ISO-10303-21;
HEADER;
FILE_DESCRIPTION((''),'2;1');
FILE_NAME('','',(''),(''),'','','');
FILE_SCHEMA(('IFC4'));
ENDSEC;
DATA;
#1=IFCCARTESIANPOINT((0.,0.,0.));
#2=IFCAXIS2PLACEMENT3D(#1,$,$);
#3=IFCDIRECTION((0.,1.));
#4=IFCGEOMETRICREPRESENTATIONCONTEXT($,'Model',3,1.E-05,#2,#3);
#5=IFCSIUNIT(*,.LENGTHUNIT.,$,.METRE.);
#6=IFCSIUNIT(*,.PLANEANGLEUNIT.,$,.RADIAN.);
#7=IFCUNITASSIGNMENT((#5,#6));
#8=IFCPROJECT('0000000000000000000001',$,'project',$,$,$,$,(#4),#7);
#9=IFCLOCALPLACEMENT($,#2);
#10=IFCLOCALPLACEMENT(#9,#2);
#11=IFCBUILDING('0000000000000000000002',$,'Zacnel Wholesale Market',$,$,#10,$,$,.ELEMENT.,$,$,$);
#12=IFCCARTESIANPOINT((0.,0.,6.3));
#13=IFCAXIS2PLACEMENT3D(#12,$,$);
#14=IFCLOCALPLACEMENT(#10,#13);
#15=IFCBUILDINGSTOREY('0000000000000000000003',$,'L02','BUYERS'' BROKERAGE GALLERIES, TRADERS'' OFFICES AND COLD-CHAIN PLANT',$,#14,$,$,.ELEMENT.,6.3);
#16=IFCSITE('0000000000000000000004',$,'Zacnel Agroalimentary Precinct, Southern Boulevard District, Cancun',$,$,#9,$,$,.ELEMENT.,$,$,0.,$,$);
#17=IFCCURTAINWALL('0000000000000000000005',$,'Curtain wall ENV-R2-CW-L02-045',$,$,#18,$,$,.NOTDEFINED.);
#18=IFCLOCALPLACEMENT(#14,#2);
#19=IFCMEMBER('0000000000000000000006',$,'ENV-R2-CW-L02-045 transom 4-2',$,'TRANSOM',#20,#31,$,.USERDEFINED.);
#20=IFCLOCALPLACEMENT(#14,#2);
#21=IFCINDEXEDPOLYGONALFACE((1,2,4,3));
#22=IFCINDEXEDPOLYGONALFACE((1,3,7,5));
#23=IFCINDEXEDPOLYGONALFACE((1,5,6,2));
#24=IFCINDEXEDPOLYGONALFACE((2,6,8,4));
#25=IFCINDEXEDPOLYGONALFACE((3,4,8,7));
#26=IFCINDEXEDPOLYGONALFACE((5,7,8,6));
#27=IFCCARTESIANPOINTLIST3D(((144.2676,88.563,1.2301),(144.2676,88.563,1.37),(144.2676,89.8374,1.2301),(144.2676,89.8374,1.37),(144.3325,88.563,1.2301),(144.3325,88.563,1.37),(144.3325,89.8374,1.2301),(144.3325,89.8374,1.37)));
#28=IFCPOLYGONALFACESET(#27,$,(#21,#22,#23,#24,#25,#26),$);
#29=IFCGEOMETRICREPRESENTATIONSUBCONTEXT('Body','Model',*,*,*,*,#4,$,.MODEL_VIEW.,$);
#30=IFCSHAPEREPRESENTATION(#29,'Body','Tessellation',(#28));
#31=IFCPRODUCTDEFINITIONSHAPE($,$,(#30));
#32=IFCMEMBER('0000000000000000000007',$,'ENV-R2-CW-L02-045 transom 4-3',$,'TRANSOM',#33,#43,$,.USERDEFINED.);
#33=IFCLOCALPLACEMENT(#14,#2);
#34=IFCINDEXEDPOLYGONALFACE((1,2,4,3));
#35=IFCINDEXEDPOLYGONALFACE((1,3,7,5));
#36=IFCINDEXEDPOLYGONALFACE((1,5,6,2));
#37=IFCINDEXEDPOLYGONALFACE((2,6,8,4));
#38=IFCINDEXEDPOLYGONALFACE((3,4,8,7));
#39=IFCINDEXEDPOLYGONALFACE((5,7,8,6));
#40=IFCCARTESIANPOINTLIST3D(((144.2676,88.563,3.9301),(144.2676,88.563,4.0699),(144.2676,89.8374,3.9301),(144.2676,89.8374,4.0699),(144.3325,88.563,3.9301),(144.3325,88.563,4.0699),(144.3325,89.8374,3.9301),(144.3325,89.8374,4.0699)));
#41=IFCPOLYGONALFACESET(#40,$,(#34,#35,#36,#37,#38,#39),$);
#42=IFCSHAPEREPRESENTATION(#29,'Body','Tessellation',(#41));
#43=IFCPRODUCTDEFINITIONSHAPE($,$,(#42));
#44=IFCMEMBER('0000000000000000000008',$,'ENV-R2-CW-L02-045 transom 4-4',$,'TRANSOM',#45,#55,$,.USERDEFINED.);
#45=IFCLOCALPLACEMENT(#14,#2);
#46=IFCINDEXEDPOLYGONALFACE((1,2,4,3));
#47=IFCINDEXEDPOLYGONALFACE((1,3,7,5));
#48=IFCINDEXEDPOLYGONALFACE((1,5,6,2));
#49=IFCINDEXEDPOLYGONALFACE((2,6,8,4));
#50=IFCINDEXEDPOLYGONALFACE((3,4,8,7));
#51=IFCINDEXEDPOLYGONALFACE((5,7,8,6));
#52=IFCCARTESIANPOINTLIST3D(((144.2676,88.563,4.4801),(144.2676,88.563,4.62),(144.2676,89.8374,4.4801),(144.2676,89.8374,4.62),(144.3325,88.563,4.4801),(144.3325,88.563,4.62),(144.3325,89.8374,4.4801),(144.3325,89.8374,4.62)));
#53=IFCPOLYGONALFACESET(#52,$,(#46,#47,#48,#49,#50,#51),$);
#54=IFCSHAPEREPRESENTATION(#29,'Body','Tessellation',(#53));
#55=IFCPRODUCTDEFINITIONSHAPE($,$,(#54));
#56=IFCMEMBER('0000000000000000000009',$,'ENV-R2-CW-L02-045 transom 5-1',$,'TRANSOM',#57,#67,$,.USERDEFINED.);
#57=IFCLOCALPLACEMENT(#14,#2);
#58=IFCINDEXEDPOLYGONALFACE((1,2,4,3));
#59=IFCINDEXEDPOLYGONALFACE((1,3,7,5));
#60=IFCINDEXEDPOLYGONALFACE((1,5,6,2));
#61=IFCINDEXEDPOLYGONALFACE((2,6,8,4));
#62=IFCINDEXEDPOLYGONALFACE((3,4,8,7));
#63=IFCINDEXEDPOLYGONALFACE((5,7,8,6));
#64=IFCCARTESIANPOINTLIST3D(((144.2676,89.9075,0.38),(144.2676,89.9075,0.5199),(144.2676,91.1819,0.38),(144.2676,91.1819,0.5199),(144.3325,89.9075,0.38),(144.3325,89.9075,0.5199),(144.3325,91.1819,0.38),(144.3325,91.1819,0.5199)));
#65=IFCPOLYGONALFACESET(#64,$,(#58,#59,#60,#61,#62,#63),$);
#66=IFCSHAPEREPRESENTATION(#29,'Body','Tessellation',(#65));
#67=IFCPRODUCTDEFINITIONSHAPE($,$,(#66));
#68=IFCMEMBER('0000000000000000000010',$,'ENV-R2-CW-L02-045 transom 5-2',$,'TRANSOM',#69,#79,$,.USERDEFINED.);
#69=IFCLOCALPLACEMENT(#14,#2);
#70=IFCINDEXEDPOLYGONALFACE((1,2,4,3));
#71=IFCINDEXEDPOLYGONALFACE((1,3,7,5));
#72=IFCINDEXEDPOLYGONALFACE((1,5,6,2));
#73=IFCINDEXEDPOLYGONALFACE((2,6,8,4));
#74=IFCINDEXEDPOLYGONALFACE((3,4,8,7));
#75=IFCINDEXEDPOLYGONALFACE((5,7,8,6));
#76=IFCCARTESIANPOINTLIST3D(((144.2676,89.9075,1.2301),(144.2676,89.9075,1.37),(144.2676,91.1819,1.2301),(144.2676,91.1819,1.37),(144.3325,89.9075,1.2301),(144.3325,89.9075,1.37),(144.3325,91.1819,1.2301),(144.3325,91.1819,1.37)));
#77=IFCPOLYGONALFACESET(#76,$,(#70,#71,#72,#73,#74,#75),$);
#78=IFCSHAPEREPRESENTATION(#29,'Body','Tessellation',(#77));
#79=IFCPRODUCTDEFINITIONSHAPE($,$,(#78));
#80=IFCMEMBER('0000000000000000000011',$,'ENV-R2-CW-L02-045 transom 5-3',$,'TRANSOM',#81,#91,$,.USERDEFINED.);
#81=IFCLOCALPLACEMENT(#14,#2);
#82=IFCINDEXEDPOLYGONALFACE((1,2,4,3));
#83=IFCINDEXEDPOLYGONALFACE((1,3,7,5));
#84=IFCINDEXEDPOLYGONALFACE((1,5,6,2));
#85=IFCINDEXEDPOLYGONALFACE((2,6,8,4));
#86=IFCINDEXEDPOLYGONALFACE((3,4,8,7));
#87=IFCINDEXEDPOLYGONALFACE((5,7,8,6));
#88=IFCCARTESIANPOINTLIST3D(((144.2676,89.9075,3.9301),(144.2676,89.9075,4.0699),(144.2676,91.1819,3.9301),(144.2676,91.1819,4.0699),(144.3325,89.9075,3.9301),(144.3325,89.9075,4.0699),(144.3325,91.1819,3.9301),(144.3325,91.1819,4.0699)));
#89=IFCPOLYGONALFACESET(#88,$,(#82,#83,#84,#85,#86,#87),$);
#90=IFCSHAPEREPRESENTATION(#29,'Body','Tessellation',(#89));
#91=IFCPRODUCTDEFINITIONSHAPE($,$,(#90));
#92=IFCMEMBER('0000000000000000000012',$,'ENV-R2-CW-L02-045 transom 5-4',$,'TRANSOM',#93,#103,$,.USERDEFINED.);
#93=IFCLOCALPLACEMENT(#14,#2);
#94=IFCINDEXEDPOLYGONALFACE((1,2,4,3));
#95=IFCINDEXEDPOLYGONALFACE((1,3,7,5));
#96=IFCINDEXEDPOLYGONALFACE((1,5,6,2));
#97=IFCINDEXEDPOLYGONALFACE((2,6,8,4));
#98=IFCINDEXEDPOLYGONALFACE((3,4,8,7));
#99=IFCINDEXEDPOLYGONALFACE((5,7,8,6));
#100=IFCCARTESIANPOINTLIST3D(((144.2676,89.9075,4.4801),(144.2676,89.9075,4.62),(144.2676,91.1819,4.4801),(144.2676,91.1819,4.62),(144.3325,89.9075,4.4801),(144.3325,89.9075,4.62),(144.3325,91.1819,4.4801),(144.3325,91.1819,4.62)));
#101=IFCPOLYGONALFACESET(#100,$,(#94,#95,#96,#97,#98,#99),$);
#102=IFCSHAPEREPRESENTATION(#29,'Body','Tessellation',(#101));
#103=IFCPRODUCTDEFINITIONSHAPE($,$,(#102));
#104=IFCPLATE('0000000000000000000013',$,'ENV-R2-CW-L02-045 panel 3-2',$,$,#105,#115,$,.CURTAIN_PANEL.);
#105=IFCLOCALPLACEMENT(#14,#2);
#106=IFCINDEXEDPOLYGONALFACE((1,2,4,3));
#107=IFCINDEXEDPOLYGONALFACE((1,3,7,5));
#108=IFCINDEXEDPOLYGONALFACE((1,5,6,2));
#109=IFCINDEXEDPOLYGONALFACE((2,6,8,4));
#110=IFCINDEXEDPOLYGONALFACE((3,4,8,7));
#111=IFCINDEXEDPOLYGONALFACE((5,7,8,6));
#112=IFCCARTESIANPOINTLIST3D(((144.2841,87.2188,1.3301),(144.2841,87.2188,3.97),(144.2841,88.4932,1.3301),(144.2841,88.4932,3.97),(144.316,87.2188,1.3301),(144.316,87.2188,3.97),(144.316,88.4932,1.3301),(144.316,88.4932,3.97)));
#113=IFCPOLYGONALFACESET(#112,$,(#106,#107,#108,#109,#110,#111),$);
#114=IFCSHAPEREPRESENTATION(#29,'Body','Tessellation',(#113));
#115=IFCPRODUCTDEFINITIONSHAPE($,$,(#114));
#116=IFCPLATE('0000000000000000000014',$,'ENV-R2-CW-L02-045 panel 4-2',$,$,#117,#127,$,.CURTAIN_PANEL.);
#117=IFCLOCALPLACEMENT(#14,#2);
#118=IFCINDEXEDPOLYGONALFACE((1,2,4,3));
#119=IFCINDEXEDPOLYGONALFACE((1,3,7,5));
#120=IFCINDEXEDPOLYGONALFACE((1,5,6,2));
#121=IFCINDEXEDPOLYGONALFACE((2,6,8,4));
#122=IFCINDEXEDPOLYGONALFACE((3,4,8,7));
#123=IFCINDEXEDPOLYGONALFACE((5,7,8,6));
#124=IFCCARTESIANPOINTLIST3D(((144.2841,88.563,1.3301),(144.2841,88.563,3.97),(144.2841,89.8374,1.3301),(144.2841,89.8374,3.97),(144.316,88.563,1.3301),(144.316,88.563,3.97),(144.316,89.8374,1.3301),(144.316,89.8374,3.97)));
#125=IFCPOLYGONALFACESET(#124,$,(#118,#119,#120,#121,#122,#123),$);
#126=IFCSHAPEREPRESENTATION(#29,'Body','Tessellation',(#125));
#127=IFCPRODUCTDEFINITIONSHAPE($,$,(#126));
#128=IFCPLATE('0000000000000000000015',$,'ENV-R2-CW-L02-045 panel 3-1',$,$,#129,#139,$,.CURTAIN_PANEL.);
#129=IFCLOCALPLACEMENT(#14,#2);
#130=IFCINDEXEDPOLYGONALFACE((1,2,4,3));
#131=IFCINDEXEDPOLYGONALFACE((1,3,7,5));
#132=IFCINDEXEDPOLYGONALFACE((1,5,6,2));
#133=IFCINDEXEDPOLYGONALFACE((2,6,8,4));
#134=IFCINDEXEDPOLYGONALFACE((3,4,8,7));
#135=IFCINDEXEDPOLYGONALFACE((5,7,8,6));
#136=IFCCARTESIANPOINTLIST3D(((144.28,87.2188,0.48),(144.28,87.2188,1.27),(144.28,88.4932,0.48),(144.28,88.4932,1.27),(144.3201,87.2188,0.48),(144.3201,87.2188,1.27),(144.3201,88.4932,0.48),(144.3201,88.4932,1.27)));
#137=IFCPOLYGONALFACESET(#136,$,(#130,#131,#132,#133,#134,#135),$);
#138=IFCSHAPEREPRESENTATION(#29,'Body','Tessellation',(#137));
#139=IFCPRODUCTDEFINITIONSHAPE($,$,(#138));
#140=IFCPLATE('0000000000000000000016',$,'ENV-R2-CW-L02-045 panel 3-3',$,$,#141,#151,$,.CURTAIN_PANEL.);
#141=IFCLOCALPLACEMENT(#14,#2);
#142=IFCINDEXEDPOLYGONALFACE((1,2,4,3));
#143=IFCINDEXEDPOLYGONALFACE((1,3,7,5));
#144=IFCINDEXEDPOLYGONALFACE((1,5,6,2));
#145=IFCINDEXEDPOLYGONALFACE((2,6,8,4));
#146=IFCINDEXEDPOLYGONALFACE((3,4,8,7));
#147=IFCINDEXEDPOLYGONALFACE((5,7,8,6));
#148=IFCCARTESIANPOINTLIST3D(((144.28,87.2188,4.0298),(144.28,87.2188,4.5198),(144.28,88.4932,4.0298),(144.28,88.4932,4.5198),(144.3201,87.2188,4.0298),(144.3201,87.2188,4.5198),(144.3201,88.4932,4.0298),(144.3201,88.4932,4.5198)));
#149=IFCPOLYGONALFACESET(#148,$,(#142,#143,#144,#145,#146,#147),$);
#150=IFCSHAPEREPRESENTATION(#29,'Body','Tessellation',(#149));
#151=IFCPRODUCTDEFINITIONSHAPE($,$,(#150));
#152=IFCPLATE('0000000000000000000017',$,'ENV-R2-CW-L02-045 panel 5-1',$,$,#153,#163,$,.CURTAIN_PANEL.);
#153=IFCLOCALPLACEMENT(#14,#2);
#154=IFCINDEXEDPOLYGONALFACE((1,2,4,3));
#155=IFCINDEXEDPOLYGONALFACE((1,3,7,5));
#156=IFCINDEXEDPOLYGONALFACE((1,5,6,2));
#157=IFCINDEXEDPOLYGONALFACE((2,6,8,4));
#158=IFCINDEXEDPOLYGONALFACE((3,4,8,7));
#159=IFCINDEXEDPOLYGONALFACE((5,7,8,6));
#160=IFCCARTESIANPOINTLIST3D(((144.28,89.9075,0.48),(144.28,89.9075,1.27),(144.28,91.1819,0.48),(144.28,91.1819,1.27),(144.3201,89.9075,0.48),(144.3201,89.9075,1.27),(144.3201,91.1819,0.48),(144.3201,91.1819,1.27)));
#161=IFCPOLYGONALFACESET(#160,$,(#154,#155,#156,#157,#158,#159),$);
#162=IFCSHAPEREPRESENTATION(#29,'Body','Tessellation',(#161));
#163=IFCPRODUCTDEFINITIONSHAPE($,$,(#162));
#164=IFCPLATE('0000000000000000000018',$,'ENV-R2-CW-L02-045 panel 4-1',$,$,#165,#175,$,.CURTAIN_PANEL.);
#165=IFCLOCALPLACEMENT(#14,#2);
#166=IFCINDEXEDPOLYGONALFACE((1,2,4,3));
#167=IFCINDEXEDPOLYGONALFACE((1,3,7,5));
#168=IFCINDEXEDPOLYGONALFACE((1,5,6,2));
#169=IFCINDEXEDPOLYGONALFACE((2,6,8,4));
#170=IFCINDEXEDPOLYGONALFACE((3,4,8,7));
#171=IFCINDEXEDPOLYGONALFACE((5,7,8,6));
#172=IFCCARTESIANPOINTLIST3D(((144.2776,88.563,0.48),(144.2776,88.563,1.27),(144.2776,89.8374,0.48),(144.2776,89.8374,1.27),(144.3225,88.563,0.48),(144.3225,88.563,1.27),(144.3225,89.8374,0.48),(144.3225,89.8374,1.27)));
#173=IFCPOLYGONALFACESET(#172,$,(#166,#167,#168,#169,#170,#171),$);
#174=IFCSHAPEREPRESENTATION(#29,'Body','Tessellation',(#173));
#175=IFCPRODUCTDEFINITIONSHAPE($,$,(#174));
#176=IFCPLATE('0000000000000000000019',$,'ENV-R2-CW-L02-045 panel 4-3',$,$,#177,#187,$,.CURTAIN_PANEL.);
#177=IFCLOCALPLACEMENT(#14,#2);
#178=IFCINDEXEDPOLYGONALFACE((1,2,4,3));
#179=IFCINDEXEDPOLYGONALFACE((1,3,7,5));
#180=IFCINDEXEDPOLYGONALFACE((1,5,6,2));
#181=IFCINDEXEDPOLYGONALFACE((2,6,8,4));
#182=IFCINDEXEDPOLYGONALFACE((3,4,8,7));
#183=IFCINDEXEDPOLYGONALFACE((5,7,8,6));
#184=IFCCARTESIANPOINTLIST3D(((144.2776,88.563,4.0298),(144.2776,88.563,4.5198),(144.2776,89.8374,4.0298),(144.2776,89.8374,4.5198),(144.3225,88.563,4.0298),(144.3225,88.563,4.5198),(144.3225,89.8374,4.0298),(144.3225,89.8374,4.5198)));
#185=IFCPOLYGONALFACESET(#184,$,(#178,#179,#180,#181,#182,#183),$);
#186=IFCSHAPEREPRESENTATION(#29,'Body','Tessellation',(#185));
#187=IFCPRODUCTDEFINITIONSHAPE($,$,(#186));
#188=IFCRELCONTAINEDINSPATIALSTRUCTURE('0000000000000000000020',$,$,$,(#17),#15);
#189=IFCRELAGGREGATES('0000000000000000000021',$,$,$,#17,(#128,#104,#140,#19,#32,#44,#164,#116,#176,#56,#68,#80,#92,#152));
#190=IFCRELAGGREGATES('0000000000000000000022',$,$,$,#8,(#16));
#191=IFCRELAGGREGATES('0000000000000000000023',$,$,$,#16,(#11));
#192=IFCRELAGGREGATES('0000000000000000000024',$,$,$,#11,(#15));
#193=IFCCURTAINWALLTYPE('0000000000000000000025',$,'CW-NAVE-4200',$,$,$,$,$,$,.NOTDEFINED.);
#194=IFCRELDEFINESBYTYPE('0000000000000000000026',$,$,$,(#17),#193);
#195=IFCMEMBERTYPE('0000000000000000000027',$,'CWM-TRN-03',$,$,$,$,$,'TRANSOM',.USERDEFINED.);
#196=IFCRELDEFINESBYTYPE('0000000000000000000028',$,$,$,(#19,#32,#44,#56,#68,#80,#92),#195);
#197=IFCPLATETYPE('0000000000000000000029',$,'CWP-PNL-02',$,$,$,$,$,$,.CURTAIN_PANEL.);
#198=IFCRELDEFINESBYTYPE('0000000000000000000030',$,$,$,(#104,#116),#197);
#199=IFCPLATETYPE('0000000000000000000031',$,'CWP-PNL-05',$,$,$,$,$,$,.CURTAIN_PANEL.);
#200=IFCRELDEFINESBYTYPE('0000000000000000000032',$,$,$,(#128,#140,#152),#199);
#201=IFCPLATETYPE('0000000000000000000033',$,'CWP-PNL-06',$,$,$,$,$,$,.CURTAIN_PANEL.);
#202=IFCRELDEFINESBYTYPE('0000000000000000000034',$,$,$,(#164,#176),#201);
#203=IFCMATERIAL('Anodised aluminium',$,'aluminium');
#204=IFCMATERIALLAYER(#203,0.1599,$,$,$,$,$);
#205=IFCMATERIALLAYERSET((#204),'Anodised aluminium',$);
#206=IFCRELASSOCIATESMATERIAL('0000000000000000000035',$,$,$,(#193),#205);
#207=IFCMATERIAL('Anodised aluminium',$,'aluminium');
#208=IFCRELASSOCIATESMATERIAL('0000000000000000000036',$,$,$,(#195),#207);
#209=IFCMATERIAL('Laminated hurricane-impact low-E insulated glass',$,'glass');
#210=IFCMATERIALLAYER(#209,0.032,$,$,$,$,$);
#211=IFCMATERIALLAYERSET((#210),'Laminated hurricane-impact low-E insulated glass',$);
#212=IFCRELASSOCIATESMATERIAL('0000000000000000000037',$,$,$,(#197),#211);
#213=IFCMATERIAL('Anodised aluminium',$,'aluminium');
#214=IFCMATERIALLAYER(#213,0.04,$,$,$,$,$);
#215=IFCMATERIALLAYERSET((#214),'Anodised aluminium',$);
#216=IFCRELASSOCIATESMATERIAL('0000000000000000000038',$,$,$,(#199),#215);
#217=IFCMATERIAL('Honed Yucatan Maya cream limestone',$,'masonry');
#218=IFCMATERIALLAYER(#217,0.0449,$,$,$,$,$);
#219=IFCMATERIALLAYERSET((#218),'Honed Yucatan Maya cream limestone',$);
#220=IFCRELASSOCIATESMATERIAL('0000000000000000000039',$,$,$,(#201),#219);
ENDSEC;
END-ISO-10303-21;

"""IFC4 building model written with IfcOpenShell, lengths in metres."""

from ifc_helpers import new_model, si_unit, direction, frame, origin, origin_2d, place, context, subcontext, project, spatial, rectangle, extrude, material, layer, layer_set, material_profile, profile_set, type_object, element, aggregate, save


model = new_model("IFC4")

# Units and contexts
model_context = context("Model", 3, precision=1e-05, world=origin(), true_north=direction((0.0, 1.0)))
body_context = subcontext(model_context, "Body", "Model", "MODEL_VIEW")
ifc_project = project(units=[si_unit("LENGTHUNIT", "METRE"), si_unit("PLANEANGLEUNIT", "RADIAN")], contexts=[model_context])

# Site, building, storey
site_placement = place(None, origin())
site = spatial("IfcSite", under=ifc_project, at=site_placement, Name="Zacnel Agroalimentary Precinct, Southern Boulevard District, Cancun", CompositionType="ELEMENT", RefElevation=0.0)
building_placement = place(site_placement, origin())
building = spatial("IfcBuilding", under=site, at=building_placement, Name="Zacnel Wholesale Market", CompositionType="ELEMENT")
storey_placement = place(building_placement, frame((0.0, 0.0, 6.3)))
storey = spatial("IfcBuildingStorey", under=building, at=storey_placement, Name="L02", Description="BUYERS' BROKERAGE GALLERIES, TRADERS' OFFICES AND COLD-CHAIN PLANT", CompositionType="ELEMENT", Elevation=6.3)

# Curtain wall, members, plates
ifc_material_1 = material(Name="Anodised aluminium", Category="aluminium")
ifc_layer_1 = layer(ifc_material_1, 0.1599)
ifc_layer_set_1 = layer_set([ifc_layer_1], Name="Anodised aluminium")
curtain_wall_type = type_object("IfcCurtainWallType", Name="CW-NAVE-4200", PredefinedType="NOTDEFINED", material=ifc_layer_set_1)
curtain_wall_placement = place(storey_placement, origin())
curtain_wall = element("IfcCurtainWall", 1, at=curtain_wall_placement, inside=storey, type_object=curtain_wall_type, Name="Curtain wall ENV-R2-CW-L02-045", PredefinedType="NOTDEFINED")
ifc_material_2 = material(Name="Anodised aluminium", Category="aluminium")
ifc_material_profile_1 = material_profile(ifc_material_2, rectangle(XDim=0.0649, YDim=0.1399, at=origin_2d()), Name="AW-TRANSOM 65x140")
ifc_profile_set_1 = profile_set([ifc_material_profile_1], Name="Anodised aluminium")
member_type_1 = type_object("IfcMemberType", Name="CWM-TRN-03", ElementType="TRANSOM", PredefinedType="USERDEFINED", material=ifc_profile_set_1)
member_1_placement = place(storey_placement, frame((144.3, 88.563, 1.3), z_axis=(0.0, 1.0, 0.0), x_axis=(-1.0, 0.0, 0.0)))
member_1 = element("IfcMember", 2, at=member_1_placement, type_object=member_type_1, Name="ENV-R2-CW-L02-045 transom 4-2", ObjectType="TRANSOM", PredefinedType="USERDEFINED", context=body_context, shape_type="SweptSolid", body=[
    extrude(rectangle(XDim=0.0649, YDim=0.1399, at=origin_2d()), origin(), (0.0, 0.0, 1.0), 1.2744),
])
member_2_placement = place(storey_placement, frame((144.3, 88.563, 4.0), z_axis=(0.0, 1.0, 0.0), x_axis=(-1.0, 0.0, 0.0)))
member_2 = element("IfcMember", 3, at=member_2_placement, type_object=member_type_1, Name="ENV-R2-CW-L02-045 transom 4-3", ObjectType="TRANSOM", PredefinedType="USERDEFINED", context=body_context, shape_type="SweptSolid", body=[
    extrude(rectangle(XDim=0.0649, YDim=0.1399, at=origin_2d()), origin(), (0.0, 0.0, 1.0), 1.2744),
])
member_3_placement = place(storey_placement, frame((144.3, 88.563, 4.55), z_axis=(0.0, 1.0, 0.0), x_axis=(-1.0, 0.0, 0.0)))
member_3 = element("IfcMember", 4, at=member_3_placement, type_object=member_type_1, Name="ENV-R2-CW-L02-045 transom 4-4", ObjectType="TRANSOM", PredefinedType="USERDEFINED", context=body_context, shape_type="SweptSolid", body=[
    extrude(rectangle(XDim=0.0649, YDim=0.1399, at=origin_2d()), origin(), (0.0, 0.0, 1.0), 1.2744),
])
member_4_placement = place(storey_placement, frame((144.3, 89.9075, 0.45), z_axis=(0.0, 1.0, 0.0), x_axis=(-1.0, 0.0, 0.0)))
member_4 = element("IfcMember", 5, at=member_4_placement, type_object=member_type_1, Name="ENV-R2-CW-L02-045 transom 5-1", ObjectType="TRANSOM", PredefinedType="USERDEFINED", context=body_context, shape_type="SweptSolid", body=[
    extrude(rectangle(XDim=0.0649, YDim=0.1399, at=origin_2d()), origin(), (0.0, 0.0, 1.0), 1.2744),
])
member_5_placement = place(storey_placement, frame((144.3, 89.9075, 1.3), z_axis=(0.0, 1.0, 0.0), x_axis=(-1.0, 0.0, 0.0)))
member_5 = element("IfcMember", 6, at=member_5_placement, type_object=member_type_1, Name="ENV-R2-CW-L02-045 transom 5-2", ObjectType="TRANSOM", PredefinedType="USERDEFINED", context=body_context, shape_type="SweptSolid", body=[
    extrude(rectangle(XDim=0.0649, YDim=0.1399, at=origin_2d()), origin(), (0.0, 0.0, 1.0), 1.2744),
])
member_6_placement = place(storey_placement, frame((144.3, 89.9075, 4.0), z_axis=(0.0, 1.0, 0.0), x_axis=(-1.0, 0.0, 0.0)))
member_6 = element("IfcMember", 7, at=member_6_placement, type_object=member_type_1, Name="ENV-R2-CW-L02-045 transom 5-3", ObjectType="TRANSOM", PredefinedType="USERDEFINED", context=body_context, shape_type="SweptSolid", body=[
    extrude(rectangle(XDim=0.0649, YDim=0.1399, at=origin_2d()), origin(), (0.0, 0.0, 1.0), 1.2744),
])
member_7_placement = place(storey_placement, frame((144.3, 89.9075, 4.55), z_axis=(0.0, 1.0, 0.0), x_axis=(-1.0, 0.0, 0.0)))
member_7 = element("IfcMember", 8, at=member_7_placement, type_object=member_type_1, Name="ENV-R2-CW-L02-045 transom 5-4", ObjectType="TRANSOM", PredefinedType="USERDEFINED", context=body_context, shape_type="SweptSolid", body=[
    extrude(rectangle(XDim=0.0649, YDim=0.1399, at=origin_2d()), origin(), (0.0, 0.0, 1.0), 1.2744),
])
ifc_material_3 = material(Name="Laminated hurricane-impact low-E insulated glass", Category="glass")
ifc_layer_2 = layer(ifc_material_3, 0.032)
ifc_layer_set_2 = layer_set([ifc_layer_2], Name="Laminated hurricane-impact low-E insulated glass")
plate_type_1 = type_object("IfcPlateType", Name="CWP-PNL-02", PredefinedType="CURTAIN_PANEL", material=ifc_layer_set_2)
plate_1_placement = place(storey_placement, frame((144.3, 87.856, 1.3301), z_axis=(0.0, 0.0, 1.0), x_axis=(0.0, 1.0, 0.0)))
plate_1 = element("IfcPlate", 9, at=plate_1_placement, type_object=plate_type_1, Name="ENV-R2-CW-L02-045 panel 3-2", PredefinedType="CURTAIN_PANEL", context=body_context, shape_type="SweptSolid", body=[
    extrude(rectangle(XDim=1.2744, YDim=0.032, at=origin_2d()), origin(), (0.0, 0.0, 1.0), 2.6399),
])
plate_2_placement = place(storey_placement, frame((144.3, 89.2002, 1.3301), z_axis=(0.0, 0.0, 1.0), x_axis=(0.0, 1.0, 0.0)))
plate_2 = element("IfcPlate", 10, at=plate_2_placement, type_object=plate_type_1, Name="ENV-R2-CW-L02-045 panel 4-2", PredefinedType="CURTAIN_PANEL", context=body_context, shape_type="SweptSolid", body=[
    extrude(rectangle(XDim=1.2744, YDim=0.032, at=origin_2d()), origin(), (0.0, 0.0, 1.0), 2.6399),
])
ifc_material_4 = material(Name="Anodised aluminium", Category="aluminium")
ifc_layer_3 = layer(ifc_material_4, 0.04)
ifc_layer_set_3 = layer_set([ifc_layer_3], Name="Anodised aluminium")
plate_type_2 = type_object("IfcPlateType", Name="CWP-PNL-05", PredefinedType="CURTAIN_PANEL", material=ifc_layer_set_3)
plate_3_placement = place(storey_placement, frame((144.3, 87.856, 0.48), z_axis=(0.0, 0.0, 1.0), x_axis=(0.0, 1.0, 0.0)))
plate_3 = element("IfcPlate", 11, at=plate_3_placement, type_object=plate_type_2, Name="ENV-R2-CW-L02-045 panel 3-1", PredefinedType="CURTAIN_PANEL", context=body_context, shape_type="SweptSolid", body=[
    extrude(rectangle(XDim=1.2744, YDim=0.04, at=origin_2d()), origin(), (0.0, 0.0, 1.0), 0.79),
])
plate_4_placement = place(storey_placement, frame((144.3, 87.856, 4.0298), z_axis=(0.0, 0.0, 1.0), x_axis=(0.0, 1.0, 0.0)))
plate_4 = element("IfcPlate", 12, at=plate_4_placement, type_object=plate_type_2, Name="ENV-R2-CW-L02-045 panel 3-3", PredefinedType="CURTAIN_PANEL", context=body_context, shape_type="SweptSolid", body=[
    extrude(rectangle(XDim=1.2744, YDim=0.04, at=origin_2d()), origin(), (0.0, 0.0, 1.0), 0.49),
])
plate_5_placement = place(storey_placement, frame((144.3, 90.5447, 0.48), z_axis=(0.0, 0.0, 1.0), x_axis=(0.0, 1.0, 0.0)))
plate_5 = element("IfcPlate", 13, at=plate_5_placement, type_object=plate_type_2, Name="ENV-R2-CW-L02-045 panel 5-1", PredefinedType="CURTAIN_PANEL", context=body_context, shape_type="SweptSolid", body=[
    extrude(rectangle(XDim=1.2744, YDim=0.04, at=origin_2d()), origin(), (0.0, 0.0, 1.0), 0.79),
])
ifc_material_5 = material(Name="Honed Yucatan Maya cream limestone", Category="masonry")
ifc_layer_4 = layer(ifc_material_5, 0.0449)
ifc_layer_set_4 = layer_set([ifc_layer_4], Name="Honed Yucatan Maya cream limestone")
plate_type_3 = type_object("IfcPlateType", Name="CWP-PNL-06", PredefinedType="CURTAIN_PANEL", material=ifc_layer_set_4)
plate_6_placement = place(storey_placement, frame((144.3, 89.2002, 0.48), z_axis=(0.0, 0.0, 1.0), x_axis=(0.0, 1.0, 0.0)))
plate_6 = element("IfcPlate", 14, at=plate_6_placement, type_object=plate_type_3, Name="ENV-R2-CW-L02-045 panel 4-1", PredefinedType="CURTAIN_PANEL", context=body_context, shape_type="SweptSolid", body=[
    extrude(rectangle(XDim=1.2744, YDim=0.0449, at=origin_2d()), origin(), (0.0, 0.0, 1.0), 0.79),
])
plate_7_placement = place(storey_placement, frame((144.3, 89.2002, 4.0298), z_axis=(0.0, 0.0, 1.0), x_axis=(0.0, 1.0, 0.0)))
plate_7 = element("IfcPlate", 15, at=plate_7_placement, type_object=plate_type_3, Name="ENV-R2-CW-L02-045 panel 4-3", PredefinedType="CURTAIN_PANEL", context=body_context, shape_type="SweptSolid", body=[
    extrude(rectangle(XDim=1.2744, YDim=0.0449, at=origin_2d()), origin(), (0.0, 0.0, 1.0), 0.49),
])
aggregate(curtain_wall, [plate_3, plate_1, plate_4, member_1, member_2, member_3, plate_6, plate_2, plate_7, member_4, member_5, member_6, member_7, plate_5])

save(model, "model.ifc")
